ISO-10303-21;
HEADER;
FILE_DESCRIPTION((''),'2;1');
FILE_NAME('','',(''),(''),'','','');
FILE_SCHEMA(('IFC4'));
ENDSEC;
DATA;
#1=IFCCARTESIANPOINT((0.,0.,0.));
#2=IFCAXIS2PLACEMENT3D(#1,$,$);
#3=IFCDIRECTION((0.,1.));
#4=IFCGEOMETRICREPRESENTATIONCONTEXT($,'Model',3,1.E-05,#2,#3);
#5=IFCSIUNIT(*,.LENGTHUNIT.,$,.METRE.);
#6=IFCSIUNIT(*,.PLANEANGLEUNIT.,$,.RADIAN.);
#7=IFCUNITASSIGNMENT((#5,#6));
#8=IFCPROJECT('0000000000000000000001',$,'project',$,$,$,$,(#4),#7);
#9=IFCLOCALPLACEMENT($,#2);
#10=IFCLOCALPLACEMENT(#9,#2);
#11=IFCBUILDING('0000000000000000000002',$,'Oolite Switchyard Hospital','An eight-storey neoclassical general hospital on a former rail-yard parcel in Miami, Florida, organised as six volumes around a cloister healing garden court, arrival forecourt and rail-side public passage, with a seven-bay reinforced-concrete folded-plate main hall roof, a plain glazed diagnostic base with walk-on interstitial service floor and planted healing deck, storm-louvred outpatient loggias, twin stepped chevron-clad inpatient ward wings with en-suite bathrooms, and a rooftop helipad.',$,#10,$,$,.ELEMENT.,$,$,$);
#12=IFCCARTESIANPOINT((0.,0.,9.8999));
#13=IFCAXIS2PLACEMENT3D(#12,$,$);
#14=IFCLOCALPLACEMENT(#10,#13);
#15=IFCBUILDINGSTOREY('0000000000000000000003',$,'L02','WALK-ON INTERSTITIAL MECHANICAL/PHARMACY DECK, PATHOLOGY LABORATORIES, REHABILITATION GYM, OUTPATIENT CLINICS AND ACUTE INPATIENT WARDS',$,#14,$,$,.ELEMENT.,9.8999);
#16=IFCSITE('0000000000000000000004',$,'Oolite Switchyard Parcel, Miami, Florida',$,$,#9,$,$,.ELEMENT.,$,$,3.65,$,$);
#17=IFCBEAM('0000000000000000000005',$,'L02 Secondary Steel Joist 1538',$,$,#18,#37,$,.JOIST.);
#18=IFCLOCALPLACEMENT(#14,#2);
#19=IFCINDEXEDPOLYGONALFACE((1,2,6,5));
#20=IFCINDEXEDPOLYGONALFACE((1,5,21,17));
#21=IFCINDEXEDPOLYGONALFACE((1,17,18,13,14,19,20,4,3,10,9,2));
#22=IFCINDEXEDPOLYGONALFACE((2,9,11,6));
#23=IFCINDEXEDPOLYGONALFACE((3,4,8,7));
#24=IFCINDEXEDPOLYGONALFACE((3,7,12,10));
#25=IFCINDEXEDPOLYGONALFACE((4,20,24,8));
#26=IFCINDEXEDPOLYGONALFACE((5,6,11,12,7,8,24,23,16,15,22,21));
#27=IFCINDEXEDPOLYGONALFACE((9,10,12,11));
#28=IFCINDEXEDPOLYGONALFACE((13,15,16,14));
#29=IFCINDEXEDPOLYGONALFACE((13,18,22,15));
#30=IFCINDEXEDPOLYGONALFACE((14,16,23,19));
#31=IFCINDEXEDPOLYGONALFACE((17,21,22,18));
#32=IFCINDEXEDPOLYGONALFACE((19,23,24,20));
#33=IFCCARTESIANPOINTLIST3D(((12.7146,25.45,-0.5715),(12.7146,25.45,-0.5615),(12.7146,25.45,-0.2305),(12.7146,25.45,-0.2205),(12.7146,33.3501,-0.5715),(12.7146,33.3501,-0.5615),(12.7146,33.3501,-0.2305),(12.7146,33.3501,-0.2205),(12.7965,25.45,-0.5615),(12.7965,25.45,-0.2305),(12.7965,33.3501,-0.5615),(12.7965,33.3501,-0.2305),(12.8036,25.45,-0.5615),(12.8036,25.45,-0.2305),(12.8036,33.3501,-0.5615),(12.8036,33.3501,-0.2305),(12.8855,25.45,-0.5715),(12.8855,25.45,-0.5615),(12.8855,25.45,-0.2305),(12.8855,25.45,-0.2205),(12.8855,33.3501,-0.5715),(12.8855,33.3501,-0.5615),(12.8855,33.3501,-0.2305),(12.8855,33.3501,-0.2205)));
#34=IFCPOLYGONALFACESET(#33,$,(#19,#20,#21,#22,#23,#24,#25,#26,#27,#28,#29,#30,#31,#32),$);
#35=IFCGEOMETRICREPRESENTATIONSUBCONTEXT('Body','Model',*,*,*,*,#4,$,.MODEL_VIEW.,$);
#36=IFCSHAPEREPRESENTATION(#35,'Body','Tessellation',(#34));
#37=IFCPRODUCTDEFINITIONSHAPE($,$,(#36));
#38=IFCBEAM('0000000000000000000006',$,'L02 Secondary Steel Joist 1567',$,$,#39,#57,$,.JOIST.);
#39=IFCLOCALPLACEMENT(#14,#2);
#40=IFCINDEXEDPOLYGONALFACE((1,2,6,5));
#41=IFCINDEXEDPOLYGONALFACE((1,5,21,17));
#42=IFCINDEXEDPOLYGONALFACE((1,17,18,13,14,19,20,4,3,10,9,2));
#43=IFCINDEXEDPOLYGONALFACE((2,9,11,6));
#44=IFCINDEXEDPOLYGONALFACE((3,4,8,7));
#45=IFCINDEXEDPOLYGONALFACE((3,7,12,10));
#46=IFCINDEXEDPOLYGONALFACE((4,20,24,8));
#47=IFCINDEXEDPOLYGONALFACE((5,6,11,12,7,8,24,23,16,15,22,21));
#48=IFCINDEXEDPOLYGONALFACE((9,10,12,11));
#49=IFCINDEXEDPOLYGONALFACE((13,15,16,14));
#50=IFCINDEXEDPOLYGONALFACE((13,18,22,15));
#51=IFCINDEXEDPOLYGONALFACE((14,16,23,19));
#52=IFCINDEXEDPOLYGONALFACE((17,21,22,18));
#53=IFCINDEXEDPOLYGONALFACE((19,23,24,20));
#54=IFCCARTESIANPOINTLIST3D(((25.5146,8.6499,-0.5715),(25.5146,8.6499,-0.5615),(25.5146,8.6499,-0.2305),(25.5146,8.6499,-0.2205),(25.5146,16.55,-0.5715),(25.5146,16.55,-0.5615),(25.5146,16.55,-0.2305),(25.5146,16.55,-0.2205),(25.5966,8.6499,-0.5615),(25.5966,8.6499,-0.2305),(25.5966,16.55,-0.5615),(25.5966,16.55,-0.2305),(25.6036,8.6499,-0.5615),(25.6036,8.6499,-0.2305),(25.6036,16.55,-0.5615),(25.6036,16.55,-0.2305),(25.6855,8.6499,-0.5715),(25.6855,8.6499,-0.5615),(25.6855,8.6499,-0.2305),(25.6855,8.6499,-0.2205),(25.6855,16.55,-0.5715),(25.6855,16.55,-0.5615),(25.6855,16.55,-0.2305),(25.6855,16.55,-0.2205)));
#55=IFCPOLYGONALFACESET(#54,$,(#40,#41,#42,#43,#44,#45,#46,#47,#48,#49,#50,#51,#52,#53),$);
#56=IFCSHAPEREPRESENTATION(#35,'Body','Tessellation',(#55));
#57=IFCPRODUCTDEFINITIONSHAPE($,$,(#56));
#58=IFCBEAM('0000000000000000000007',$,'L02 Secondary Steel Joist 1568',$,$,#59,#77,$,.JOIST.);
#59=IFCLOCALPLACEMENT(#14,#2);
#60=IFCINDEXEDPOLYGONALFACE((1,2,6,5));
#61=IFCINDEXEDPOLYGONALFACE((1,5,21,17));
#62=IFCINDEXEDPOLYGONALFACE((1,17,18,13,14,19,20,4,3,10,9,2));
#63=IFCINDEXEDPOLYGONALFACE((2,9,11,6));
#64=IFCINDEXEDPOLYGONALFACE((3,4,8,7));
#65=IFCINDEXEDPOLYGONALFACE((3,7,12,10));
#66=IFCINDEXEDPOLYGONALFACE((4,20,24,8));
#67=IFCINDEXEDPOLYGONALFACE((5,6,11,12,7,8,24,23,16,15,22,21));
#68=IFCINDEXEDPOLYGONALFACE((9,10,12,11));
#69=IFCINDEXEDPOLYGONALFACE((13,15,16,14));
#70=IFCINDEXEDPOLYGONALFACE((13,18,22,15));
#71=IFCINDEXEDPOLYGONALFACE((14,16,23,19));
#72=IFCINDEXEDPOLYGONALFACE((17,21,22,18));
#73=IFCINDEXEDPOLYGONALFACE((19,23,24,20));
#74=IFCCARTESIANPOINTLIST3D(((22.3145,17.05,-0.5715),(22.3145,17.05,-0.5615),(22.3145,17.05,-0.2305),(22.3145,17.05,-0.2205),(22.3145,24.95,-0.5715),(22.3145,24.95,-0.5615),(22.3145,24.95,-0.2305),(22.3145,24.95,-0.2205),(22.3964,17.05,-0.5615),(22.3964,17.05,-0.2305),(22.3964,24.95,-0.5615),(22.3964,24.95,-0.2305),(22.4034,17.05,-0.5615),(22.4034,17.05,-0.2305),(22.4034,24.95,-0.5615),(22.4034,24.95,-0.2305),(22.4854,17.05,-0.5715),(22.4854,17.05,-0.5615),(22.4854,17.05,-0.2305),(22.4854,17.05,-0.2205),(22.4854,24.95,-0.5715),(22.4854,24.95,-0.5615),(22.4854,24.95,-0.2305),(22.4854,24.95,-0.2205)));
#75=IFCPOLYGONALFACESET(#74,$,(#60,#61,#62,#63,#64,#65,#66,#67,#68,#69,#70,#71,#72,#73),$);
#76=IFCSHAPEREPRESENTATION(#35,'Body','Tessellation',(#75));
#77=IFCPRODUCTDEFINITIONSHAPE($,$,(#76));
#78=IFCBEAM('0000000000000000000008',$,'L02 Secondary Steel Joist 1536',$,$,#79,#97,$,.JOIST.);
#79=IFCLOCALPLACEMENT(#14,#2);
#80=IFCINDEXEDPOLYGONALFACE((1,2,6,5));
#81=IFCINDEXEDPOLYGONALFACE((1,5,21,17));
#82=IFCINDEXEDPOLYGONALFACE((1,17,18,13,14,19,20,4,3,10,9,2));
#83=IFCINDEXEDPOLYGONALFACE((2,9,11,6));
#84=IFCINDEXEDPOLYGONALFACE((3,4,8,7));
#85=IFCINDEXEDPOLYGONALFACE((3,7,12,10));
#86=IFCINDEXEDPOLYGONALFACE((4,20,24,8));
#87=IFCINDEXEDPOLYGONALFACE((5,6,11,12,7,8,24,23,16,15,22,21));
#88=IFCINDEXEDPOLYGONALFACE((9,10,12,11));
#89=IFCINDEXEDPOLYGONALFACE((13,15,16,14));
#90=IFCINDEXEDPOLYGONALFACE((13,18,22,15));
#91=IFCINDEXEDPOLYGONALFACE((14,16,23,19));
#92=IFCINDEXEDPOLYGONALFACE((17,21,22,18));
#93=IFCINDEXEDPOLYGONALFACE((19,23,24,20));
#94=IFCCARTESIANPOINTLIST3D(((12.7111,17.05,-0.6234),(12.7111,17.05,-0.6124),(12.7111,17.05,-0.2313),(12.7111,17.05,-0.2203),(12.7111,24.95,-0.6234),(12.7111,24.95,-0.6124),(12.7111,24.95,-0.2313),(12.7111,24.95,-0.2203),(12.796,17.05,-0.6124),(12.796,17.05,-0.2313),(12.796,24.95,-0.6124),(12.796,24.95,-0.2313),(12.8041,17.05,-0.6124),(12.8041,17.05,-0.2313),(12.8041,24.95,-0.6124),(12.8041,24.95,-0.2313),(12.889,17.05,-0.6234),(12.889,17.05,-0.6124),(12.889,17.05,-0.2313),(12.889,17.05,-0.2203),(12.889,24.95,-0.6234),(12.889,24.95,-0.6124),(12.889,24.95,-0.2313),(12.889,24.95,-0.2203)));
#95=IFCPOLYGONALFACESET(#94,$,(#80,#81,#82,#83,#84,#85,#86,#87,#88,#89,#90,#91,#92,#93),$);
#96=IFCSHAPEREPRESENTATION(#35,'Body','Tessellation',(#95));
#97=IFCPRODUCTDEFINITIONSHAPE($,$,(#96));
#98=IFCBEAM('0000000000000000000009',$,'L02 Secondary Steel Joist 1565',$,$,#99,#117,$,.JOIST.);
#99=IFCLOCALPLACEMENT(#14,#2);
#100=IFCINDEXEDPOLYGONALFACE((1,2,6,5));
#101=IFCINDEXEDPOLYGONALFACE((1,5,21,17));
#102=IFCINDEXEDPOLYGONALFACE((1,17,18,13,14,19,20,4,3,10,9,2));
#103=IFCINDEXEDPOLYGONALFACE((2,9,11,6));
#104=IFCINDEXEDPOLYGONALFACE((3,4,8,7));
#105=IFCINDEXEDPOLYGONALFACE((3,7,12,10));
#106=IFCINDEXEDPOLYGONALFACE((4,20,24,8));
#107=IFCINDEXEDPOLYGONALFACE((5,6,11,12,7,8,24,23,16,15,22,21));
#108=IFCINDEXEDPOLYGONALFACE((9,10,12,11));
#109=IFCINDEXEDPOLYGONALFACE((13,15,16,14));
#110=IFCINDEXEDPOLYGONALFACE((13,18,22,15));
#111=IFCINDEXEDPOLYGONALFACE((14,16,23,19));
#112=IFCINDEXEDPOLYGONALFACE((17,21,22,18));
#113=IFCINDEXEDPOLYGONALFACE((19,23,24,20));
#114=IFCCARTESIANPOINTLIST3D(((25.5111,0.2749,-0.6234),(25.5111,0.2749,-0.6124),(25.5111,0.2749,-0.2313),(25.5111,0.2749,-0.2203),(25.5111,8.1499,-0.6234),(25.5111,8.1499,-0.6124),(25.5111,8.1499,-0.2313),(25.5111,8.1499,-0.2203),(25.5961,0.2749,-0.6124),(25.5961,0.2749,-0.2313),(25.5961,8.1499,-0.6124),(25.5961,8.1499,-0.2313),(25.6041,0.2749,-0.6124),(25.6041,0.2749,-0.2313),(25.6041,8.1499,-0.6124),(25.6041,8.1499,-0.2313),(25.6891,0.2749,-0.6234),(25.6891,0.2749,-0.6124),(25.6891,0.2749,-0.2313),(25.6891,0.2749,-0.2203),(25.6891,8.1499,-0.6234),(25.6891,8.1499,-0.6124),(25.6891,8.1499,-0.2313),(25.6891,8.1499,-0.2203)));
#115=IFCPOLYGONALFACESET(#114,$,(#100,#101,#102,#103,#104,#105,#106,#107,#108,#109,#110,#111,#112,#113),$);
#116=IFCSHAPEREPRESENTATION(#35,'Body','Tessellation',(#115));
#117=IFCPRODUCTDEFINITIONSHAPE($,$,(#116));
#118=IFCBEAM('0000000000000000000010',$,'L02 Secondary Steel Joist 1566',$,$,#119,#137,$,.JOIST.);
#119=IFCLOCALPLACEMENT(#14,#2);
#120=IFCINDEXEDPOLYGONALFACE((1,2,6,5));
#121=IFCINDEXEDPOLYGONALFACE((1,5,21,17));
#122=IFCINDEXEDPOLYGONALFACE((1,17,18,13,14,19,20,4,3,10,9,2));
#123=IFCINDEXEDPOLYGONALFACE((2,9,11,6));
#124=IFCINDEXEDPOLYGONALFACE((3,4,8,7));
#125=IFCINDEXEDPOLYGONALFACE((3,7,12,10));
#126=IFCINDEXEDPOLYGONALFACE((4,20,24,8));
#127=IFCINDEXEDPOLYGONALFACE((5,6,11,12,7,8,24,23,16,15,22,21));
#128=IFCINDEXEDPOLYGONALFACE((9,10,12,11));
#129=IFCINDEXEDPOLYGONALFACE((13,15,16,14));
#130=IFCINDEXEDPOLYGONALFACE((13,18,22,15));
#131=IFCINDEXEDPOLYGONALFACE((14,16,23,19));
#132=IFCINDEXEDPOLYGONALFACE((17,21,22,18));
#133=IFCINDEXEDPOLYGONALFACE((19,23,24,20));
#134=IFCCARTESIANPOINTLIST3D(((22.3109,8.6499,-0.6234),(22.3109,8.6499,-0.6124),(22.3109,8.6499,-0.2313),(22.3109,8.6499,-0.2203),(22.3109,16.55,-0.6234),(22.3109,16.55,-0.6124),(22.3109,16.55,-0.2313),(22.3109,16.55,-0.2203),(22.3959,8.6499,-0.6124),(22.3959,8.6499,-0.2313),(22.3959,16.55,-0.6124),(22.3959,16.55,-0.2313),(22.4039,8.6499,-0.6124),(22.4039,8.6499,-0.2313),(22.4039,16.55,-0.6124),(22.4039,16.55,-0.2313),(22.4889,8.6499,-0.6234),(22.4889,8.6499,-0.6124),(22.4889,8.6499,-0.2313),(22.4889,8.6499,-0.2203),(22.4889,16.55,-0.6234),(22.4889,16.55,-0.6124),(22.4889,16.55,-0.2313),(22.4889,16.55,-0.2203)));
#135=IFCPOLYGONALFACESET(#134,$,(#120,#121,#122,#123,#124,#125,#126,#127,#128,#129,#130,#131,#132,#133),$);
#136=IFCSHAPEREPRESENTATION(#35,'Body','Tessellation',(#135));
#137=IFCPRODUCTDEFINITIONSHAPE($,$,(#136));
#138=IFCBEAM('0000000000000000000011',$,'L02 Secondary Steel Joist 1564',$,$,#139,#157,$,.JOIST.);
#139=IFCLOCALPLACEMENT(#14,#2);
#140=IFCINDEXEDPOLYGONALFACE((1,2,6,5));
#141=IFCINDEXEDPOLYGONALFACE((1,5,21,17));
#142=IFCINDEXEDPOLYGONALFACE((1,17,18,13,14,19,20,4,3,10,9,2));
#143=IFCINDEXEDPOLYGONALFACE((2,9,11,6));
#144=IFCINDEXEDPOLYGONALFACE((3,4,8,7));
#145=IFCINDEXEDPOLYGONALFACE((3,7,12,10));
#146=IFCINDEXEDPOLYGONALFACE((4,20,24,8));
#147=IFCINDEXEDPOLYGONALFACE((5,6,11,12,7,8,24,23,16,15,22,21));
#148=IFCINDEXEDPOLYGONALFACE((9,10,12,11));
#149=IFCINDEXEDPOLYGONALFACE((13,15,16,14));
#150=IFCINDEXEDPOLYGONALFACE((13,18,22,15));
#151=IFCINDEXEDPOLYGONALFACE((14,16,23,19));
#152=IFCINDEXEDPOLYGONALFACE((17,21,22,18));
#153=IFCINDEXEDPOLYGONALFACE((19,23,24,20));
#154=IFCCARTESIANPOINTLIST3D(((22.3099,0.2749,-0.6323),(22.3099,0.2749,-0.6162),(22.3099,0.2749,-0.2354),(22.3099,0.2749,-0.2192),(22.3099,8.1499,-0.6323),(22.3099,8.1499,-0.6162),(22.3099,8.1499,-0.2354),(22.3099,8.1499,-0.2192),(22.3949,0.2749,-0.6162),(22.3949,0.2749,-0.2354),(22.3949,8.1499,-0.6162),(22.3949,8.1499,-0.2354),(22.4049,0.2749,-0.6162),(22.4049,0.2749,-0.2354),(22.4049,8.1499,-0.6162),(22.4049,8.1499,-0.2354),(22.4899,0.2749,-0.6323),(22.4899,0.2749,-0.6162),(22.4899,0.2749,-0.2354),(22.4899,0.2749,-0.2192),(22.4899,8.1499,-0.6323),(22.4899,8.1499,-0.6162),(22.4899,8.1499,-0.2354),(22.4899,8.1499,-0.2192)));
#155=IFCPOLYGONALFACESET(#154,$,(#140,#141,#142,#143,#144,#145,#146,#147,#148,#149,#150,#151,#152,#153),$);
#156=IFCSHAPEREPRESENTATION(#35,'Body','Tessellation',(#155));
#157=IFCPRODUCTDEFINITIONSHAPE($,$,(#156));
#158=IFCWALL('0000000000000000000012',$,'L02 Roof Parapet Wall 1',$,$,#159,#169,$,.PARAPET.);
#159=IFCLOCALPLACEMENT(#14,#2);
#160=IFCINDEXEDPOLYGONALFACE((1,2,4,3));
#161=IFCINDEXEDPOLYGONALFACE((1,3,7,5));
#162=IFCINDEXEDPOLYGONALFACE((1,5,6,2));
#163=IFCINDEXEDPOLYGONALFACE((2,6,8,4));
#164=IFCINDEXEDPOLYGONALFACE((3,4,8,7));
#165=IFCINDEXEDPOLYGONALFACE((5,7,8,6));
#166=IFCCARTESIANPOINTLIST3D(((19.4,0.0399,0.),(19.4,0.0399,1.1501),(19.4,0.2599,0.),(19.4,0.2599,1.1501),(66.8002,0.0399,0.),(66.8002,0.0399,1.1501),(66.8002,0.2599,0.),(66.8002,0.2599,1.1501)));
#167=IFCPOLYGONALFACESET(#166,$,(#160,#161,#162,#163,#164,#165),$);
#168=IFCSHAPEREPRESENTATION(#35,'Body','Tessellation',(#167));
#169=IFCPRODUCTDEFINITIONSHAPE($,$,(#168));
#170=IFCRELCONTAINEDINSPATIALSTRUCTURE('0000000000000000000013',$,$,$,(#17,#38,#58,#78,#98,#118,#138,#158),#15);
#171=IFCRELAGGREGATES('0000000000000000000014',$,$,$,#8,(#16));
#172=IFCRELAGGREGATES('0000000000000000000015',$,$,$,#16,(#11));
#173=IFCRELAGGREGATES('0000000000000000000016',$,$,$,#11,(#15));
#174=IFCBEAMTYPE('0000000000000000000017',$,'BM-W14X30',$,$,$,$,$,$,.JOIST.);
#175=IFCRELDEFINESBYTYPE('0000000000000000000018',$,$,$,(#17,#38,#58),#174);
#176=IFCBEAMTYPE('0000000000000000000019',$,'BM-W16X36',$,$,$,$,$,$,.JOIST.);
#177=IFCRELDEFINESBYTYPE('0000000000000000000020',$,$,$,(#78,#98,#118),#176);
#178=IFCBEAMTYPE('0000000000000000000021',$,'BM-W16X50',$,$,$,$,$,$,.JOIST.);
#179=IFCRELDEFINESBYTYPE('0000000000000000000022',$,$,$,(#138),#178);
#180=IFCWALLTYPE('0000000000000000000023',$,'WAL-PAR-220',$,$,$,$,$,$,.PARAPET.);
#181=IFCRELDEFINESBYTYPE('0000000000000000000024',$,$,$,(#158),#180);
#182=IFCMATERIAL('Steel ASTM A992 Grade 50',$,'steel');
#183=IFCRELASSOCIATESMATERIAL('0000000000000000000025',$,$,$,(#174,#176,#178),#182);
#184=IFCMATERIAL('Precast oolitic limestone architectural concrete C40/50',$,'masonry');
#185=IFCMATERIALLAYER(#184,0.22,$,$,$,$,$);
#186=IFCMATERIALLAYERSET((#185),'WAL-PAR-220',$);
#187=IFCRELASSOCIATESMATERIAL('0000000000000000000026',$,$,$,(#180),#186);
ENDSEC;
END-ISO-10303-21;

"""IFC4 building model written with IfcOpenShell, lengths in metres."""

from ifc_helpers import new_model, si_unit, direction, frame, frame_2d, origin, origin_2d, place, context, subcontext, project, spatial, rectangle, i_section, extrude, material, layer, layer_set, material_profile, profile_set, type_object, element, save


model = new_model("IFC4")

# Units and contexts
model_context = context("Model", 3, precision=1e-05, world=origin(), true_north=direction((0.0, 1.0)))
body_context = subcontext(model_context, "Body", "Model", "MODEL_VIEW")
ifc_project = project(units=[si_unit("LENGTHUNIT", "METRE"), si_unit("PLANEANGLEUNIT", "RADIAN")], contexts=[model_context])

# Site, building, storey
site_placement = place(None, origin())
site = spatial("IfcSite", under=ifc_project, at=site_placement, Name="Oolite Switchyard Parcel, Miami, Florida", CompositionType="ELEMENT", RefElevation=3.65)
building_placement = place(site_placement, origin())
building = spatial("IfcBuilding", under=site, at=building_placement, Name="Oolite Switchyard Hospital", Description="An eight-storey neoclassical general hospital on a former rail-yard parcel in Miami, Florida, organised as six volumes around a cloister healing garden court, arrival forecourt and rail-side public passage, with a seven-bay reinforced-concrete folded-plate main hall roof, a plain glazed diagnostic base with walk-on interstitial service floor and planted healing deck, storm-louvred outpatient loggias, twin stepped chevron-clad inpatient ward wings with en-suite bathrooms, and a rooftop helipad.", CompositionType="ELEMENT")
storey_placement = place(building_placement, frame((0.0, 0.0, 9.8999)))
storey = spatial("IfcBuildingStorey", under=building, at=storey_placement, Name="L02", Description="WALK-ON INTERSTITIAL MECHANICAL/PHARMACY DECK, PATHOLOGY LABORATORIES, REHABILITATION GYM, OUTPATIENT CLINICS AND ACUTE INPATIENT WARDS", CompositionType="ELEMENT", Elevation=9.8999)

# Beams
ifc_material_1 = material(Name="Steel ASTM A992 Grade 50", Category="steel")
ifc_material_profile_1 = material_profile(ifc_material_1, i_section(OverallWidth=0.1709, OverallDepth=0.3511, WebThickness=0.0071, FlangeThickness=0.01, at=origin_2d()), Name="W14X30")
ifc_profile_set_1 = profile_set([ifc_material_profile_1], Name="Steel ASTM A992 Grade 50")
beam_type_1 = type_object("IfcBeamType", Name="BM-W14X30", PredefinedType="JOIST", material=ifc_profile_set_1)
for number, where, z_axis, x_axis, name in (
    (1, (12.8, 25.45, -0.396), (0.0, 1.0, 0.0), (-1.0, 0.0, 0.0), "L02 Secondary Steel Joist 1538"),
    (2, (25.6001, 8.6499, -0.396), (0.0, 1.0, 0.0), (-1.0, 0.0, 0.0), "L02 Secondary Steel Joist 1567"),
):
    element("IfcBeam", number, at=place(storey_placement, frame(where, z_axis=z_axis, x_axis=x_axis)), inside=storey, type_object=beam_type_1, Name=name, PredefinedType="JOIST", context=body_context, shape_type="SweptSolid", body=[
        extrude(i_section(OverallWidth=0.1709, OverallDepth=0.3511, WebThickness=0.0071, FlangeThickness=0.01, at=origin_2d()), origin(), (0.0, 0.0, 1.0), 7.9001),
    ])
beam_1_placement = place(storey_placement, frame((22.3999, 17.05, -0.396), z_axis=(0.0, 1.0, 0.0), x_axis=(-1.0, 0.0, 0.0)))
element("IfcBeam", 3, at=beam_1_placement, inside=storey, type_object=beam_type_1, Name="L02 Secondary Steel Joist 1568", PredefinedType="JOIST", context=body_context, shape_type="SweptSolid", body=[
    extrude(i_section(OverallWidth=0.1709, OverallDepth=0.3511, WebThickness=0.0071, FlangeThickness=0.01, at=origin_2d()), origin(), (0.0, 0.0, 1.0), 7.8999),
])
ifc_material_profile_2 = material_profile(ifc_material_1, i_section(OverallWidth=0.178, OverallDepth=0.4031, WebThickness=0.0081, FlangeThickness=0.011, at=origin_2d()), Name="W16X36")
ifc_profile_set_2 = profile_set([ifc_material_profile_2], Name="Steel ASTM A992 Grade 50")
beam_type_2 = type_object("IfcBeamType", Name="BM-W16X36", PredefinedType="JOIST", material=ifc_profile_set_2)
beam_2_placement = place(storey_placement, frame((12.8, 17.05, -0.4219), z_axis=(0.0, 1.0, 0.0), x_axis=(-1.0, 0.0, 0.0)))
element("IfcBeam", 4, at=beam_2_placement, inside=storey, type_object=beam_type_2, Name="L02 Secondary Steel Joist 1536", PredefinedType="JOIST", context=body_context, shape_type="SweptSolid", body=[
    extrude(i_section(OverallWidth=0.178, OverallDepth=0.4031, WebThickness=0.0081, FlangeThickness=0.011, at=origin_2d()), origin(), (0.0, 0.0, 1.0), 7.8999),
])
beam_3_placement = place(storey_placement, frame((25.6001, 0.2749, -0.4219), z_axis=(0.0, 1.0, 0.0), x_axis=(-1.0, 0.0, 0.0)))
element("IfcBeam", 5, at=beam_3_placement, inside=storey, type_object=beam_type_2, Name="L02 Secondary Steel Joist 1565", PredefinedType="JOIST", context=body_context, shape_type="SweptSolid", body=[
    extrude(i_section(OverallWidth=0.178, OverallDepth=0.4031, WebThickness=0.0081, FlangeThickness=0.011, at=origin_2d()), origin(), (0.0, 0.0, 1.0), 7.875),
])
beam_4_placement = place(storey_placement, frame((22.3999, 8.6499, -0.4219), z_axis=(0.0, 1.0, 0.0), x_axis=(-1.0, 0.0, 0.0)))
element("IfcBeam", 6, at=beam_4_placement, inside=storey, type_object=beam_type_2, Name="L02 Secondary Steel Joist 1566", PredefinedType="JOIST", context=body_context, shape_type="SweptSolid", body=[
    extrude(i_section(OverallWidth=0.178, OverallDepth=0.4031, WebThickness=0.0081, FlangeThickness=0.011, at=origin_2d()), origin(), (0.0, 0.0, 1.0), 7.9001),
])
ifc_material_profile_3 = material_profile(ifc_material_1, i_section(OverallWidth=0.1799, OverallDepth=0.4131, WebThickness=0.01, FlangeThickness=0.0161, at=origin_2d()), Name="W16X50")
ifc_profile_set_3 = profile_set([ifc_material_profile_3], Name="Steel ASTM A992 Grade 50")
beam_type_3 = type_object("IfcBeamType", Name="BM-W16X50", PredefinedType="JOIST", material=ifc_profile_set_3)
beam_5_placement = place(storey_placement, frame((22.3999, 0.2749, -0.4258), z_axis=(0.0, 1.0, 0.0), x_axis=(-1.0, 0.0, 0.0)))
element("IfcBeam", 7, at=beam_5_placement, inside=storey, type_object=beam_type_3, Name="L02 Secondary Steel Joist 1564", PredefinedType="JOIST", context=body_context, shape_type="SweptSolid", body=[
    extrude(i_section(OverallWidth=0.1799, OverallDepth=0.4131, WebThickness=0.01, FlangeThickness=0.0161, at=origin_2d()), origin(), (0.0, 0.0, 1.0), 7.875),
])

# Wall
ifc_material_2 = material(Name="Precast oolitic limestone architectural concrete C40/50", Category="masonry")
ifc_layer = layer(ifc_material_2, 0.22)
ifc_layer_set = layer_set([ifc_layer], Name="WAL-PAR-220")
wall_type = type_object("IfcWallType", Name="WAL-PAR-220", PredefinedType="PARAPET", material=ifc_layer_set)
wall_placement = place(storey_placement, frame((19.3999, 0.1499, 0.0), z_axis=(0.0, 0.0, 1.0), x_axis=(1.0, 0.0, 0.0)))
element("IfcWall", 8, at=wall_placement, inside=storey, type_object=wall_type, Name="L02 Roof Parapet Wall 1", PredefinedType="PARAPET", context=body_context, shape_type="SweptSolid", body=[
    extrude(rectangle(XDim=47.4001, YDim=0.22, at=frame_2d((23.7002, 0.0))), origin(), (0.0, 0.0, 1.0), 1.1501),
])

save(model, "model.ifc")
